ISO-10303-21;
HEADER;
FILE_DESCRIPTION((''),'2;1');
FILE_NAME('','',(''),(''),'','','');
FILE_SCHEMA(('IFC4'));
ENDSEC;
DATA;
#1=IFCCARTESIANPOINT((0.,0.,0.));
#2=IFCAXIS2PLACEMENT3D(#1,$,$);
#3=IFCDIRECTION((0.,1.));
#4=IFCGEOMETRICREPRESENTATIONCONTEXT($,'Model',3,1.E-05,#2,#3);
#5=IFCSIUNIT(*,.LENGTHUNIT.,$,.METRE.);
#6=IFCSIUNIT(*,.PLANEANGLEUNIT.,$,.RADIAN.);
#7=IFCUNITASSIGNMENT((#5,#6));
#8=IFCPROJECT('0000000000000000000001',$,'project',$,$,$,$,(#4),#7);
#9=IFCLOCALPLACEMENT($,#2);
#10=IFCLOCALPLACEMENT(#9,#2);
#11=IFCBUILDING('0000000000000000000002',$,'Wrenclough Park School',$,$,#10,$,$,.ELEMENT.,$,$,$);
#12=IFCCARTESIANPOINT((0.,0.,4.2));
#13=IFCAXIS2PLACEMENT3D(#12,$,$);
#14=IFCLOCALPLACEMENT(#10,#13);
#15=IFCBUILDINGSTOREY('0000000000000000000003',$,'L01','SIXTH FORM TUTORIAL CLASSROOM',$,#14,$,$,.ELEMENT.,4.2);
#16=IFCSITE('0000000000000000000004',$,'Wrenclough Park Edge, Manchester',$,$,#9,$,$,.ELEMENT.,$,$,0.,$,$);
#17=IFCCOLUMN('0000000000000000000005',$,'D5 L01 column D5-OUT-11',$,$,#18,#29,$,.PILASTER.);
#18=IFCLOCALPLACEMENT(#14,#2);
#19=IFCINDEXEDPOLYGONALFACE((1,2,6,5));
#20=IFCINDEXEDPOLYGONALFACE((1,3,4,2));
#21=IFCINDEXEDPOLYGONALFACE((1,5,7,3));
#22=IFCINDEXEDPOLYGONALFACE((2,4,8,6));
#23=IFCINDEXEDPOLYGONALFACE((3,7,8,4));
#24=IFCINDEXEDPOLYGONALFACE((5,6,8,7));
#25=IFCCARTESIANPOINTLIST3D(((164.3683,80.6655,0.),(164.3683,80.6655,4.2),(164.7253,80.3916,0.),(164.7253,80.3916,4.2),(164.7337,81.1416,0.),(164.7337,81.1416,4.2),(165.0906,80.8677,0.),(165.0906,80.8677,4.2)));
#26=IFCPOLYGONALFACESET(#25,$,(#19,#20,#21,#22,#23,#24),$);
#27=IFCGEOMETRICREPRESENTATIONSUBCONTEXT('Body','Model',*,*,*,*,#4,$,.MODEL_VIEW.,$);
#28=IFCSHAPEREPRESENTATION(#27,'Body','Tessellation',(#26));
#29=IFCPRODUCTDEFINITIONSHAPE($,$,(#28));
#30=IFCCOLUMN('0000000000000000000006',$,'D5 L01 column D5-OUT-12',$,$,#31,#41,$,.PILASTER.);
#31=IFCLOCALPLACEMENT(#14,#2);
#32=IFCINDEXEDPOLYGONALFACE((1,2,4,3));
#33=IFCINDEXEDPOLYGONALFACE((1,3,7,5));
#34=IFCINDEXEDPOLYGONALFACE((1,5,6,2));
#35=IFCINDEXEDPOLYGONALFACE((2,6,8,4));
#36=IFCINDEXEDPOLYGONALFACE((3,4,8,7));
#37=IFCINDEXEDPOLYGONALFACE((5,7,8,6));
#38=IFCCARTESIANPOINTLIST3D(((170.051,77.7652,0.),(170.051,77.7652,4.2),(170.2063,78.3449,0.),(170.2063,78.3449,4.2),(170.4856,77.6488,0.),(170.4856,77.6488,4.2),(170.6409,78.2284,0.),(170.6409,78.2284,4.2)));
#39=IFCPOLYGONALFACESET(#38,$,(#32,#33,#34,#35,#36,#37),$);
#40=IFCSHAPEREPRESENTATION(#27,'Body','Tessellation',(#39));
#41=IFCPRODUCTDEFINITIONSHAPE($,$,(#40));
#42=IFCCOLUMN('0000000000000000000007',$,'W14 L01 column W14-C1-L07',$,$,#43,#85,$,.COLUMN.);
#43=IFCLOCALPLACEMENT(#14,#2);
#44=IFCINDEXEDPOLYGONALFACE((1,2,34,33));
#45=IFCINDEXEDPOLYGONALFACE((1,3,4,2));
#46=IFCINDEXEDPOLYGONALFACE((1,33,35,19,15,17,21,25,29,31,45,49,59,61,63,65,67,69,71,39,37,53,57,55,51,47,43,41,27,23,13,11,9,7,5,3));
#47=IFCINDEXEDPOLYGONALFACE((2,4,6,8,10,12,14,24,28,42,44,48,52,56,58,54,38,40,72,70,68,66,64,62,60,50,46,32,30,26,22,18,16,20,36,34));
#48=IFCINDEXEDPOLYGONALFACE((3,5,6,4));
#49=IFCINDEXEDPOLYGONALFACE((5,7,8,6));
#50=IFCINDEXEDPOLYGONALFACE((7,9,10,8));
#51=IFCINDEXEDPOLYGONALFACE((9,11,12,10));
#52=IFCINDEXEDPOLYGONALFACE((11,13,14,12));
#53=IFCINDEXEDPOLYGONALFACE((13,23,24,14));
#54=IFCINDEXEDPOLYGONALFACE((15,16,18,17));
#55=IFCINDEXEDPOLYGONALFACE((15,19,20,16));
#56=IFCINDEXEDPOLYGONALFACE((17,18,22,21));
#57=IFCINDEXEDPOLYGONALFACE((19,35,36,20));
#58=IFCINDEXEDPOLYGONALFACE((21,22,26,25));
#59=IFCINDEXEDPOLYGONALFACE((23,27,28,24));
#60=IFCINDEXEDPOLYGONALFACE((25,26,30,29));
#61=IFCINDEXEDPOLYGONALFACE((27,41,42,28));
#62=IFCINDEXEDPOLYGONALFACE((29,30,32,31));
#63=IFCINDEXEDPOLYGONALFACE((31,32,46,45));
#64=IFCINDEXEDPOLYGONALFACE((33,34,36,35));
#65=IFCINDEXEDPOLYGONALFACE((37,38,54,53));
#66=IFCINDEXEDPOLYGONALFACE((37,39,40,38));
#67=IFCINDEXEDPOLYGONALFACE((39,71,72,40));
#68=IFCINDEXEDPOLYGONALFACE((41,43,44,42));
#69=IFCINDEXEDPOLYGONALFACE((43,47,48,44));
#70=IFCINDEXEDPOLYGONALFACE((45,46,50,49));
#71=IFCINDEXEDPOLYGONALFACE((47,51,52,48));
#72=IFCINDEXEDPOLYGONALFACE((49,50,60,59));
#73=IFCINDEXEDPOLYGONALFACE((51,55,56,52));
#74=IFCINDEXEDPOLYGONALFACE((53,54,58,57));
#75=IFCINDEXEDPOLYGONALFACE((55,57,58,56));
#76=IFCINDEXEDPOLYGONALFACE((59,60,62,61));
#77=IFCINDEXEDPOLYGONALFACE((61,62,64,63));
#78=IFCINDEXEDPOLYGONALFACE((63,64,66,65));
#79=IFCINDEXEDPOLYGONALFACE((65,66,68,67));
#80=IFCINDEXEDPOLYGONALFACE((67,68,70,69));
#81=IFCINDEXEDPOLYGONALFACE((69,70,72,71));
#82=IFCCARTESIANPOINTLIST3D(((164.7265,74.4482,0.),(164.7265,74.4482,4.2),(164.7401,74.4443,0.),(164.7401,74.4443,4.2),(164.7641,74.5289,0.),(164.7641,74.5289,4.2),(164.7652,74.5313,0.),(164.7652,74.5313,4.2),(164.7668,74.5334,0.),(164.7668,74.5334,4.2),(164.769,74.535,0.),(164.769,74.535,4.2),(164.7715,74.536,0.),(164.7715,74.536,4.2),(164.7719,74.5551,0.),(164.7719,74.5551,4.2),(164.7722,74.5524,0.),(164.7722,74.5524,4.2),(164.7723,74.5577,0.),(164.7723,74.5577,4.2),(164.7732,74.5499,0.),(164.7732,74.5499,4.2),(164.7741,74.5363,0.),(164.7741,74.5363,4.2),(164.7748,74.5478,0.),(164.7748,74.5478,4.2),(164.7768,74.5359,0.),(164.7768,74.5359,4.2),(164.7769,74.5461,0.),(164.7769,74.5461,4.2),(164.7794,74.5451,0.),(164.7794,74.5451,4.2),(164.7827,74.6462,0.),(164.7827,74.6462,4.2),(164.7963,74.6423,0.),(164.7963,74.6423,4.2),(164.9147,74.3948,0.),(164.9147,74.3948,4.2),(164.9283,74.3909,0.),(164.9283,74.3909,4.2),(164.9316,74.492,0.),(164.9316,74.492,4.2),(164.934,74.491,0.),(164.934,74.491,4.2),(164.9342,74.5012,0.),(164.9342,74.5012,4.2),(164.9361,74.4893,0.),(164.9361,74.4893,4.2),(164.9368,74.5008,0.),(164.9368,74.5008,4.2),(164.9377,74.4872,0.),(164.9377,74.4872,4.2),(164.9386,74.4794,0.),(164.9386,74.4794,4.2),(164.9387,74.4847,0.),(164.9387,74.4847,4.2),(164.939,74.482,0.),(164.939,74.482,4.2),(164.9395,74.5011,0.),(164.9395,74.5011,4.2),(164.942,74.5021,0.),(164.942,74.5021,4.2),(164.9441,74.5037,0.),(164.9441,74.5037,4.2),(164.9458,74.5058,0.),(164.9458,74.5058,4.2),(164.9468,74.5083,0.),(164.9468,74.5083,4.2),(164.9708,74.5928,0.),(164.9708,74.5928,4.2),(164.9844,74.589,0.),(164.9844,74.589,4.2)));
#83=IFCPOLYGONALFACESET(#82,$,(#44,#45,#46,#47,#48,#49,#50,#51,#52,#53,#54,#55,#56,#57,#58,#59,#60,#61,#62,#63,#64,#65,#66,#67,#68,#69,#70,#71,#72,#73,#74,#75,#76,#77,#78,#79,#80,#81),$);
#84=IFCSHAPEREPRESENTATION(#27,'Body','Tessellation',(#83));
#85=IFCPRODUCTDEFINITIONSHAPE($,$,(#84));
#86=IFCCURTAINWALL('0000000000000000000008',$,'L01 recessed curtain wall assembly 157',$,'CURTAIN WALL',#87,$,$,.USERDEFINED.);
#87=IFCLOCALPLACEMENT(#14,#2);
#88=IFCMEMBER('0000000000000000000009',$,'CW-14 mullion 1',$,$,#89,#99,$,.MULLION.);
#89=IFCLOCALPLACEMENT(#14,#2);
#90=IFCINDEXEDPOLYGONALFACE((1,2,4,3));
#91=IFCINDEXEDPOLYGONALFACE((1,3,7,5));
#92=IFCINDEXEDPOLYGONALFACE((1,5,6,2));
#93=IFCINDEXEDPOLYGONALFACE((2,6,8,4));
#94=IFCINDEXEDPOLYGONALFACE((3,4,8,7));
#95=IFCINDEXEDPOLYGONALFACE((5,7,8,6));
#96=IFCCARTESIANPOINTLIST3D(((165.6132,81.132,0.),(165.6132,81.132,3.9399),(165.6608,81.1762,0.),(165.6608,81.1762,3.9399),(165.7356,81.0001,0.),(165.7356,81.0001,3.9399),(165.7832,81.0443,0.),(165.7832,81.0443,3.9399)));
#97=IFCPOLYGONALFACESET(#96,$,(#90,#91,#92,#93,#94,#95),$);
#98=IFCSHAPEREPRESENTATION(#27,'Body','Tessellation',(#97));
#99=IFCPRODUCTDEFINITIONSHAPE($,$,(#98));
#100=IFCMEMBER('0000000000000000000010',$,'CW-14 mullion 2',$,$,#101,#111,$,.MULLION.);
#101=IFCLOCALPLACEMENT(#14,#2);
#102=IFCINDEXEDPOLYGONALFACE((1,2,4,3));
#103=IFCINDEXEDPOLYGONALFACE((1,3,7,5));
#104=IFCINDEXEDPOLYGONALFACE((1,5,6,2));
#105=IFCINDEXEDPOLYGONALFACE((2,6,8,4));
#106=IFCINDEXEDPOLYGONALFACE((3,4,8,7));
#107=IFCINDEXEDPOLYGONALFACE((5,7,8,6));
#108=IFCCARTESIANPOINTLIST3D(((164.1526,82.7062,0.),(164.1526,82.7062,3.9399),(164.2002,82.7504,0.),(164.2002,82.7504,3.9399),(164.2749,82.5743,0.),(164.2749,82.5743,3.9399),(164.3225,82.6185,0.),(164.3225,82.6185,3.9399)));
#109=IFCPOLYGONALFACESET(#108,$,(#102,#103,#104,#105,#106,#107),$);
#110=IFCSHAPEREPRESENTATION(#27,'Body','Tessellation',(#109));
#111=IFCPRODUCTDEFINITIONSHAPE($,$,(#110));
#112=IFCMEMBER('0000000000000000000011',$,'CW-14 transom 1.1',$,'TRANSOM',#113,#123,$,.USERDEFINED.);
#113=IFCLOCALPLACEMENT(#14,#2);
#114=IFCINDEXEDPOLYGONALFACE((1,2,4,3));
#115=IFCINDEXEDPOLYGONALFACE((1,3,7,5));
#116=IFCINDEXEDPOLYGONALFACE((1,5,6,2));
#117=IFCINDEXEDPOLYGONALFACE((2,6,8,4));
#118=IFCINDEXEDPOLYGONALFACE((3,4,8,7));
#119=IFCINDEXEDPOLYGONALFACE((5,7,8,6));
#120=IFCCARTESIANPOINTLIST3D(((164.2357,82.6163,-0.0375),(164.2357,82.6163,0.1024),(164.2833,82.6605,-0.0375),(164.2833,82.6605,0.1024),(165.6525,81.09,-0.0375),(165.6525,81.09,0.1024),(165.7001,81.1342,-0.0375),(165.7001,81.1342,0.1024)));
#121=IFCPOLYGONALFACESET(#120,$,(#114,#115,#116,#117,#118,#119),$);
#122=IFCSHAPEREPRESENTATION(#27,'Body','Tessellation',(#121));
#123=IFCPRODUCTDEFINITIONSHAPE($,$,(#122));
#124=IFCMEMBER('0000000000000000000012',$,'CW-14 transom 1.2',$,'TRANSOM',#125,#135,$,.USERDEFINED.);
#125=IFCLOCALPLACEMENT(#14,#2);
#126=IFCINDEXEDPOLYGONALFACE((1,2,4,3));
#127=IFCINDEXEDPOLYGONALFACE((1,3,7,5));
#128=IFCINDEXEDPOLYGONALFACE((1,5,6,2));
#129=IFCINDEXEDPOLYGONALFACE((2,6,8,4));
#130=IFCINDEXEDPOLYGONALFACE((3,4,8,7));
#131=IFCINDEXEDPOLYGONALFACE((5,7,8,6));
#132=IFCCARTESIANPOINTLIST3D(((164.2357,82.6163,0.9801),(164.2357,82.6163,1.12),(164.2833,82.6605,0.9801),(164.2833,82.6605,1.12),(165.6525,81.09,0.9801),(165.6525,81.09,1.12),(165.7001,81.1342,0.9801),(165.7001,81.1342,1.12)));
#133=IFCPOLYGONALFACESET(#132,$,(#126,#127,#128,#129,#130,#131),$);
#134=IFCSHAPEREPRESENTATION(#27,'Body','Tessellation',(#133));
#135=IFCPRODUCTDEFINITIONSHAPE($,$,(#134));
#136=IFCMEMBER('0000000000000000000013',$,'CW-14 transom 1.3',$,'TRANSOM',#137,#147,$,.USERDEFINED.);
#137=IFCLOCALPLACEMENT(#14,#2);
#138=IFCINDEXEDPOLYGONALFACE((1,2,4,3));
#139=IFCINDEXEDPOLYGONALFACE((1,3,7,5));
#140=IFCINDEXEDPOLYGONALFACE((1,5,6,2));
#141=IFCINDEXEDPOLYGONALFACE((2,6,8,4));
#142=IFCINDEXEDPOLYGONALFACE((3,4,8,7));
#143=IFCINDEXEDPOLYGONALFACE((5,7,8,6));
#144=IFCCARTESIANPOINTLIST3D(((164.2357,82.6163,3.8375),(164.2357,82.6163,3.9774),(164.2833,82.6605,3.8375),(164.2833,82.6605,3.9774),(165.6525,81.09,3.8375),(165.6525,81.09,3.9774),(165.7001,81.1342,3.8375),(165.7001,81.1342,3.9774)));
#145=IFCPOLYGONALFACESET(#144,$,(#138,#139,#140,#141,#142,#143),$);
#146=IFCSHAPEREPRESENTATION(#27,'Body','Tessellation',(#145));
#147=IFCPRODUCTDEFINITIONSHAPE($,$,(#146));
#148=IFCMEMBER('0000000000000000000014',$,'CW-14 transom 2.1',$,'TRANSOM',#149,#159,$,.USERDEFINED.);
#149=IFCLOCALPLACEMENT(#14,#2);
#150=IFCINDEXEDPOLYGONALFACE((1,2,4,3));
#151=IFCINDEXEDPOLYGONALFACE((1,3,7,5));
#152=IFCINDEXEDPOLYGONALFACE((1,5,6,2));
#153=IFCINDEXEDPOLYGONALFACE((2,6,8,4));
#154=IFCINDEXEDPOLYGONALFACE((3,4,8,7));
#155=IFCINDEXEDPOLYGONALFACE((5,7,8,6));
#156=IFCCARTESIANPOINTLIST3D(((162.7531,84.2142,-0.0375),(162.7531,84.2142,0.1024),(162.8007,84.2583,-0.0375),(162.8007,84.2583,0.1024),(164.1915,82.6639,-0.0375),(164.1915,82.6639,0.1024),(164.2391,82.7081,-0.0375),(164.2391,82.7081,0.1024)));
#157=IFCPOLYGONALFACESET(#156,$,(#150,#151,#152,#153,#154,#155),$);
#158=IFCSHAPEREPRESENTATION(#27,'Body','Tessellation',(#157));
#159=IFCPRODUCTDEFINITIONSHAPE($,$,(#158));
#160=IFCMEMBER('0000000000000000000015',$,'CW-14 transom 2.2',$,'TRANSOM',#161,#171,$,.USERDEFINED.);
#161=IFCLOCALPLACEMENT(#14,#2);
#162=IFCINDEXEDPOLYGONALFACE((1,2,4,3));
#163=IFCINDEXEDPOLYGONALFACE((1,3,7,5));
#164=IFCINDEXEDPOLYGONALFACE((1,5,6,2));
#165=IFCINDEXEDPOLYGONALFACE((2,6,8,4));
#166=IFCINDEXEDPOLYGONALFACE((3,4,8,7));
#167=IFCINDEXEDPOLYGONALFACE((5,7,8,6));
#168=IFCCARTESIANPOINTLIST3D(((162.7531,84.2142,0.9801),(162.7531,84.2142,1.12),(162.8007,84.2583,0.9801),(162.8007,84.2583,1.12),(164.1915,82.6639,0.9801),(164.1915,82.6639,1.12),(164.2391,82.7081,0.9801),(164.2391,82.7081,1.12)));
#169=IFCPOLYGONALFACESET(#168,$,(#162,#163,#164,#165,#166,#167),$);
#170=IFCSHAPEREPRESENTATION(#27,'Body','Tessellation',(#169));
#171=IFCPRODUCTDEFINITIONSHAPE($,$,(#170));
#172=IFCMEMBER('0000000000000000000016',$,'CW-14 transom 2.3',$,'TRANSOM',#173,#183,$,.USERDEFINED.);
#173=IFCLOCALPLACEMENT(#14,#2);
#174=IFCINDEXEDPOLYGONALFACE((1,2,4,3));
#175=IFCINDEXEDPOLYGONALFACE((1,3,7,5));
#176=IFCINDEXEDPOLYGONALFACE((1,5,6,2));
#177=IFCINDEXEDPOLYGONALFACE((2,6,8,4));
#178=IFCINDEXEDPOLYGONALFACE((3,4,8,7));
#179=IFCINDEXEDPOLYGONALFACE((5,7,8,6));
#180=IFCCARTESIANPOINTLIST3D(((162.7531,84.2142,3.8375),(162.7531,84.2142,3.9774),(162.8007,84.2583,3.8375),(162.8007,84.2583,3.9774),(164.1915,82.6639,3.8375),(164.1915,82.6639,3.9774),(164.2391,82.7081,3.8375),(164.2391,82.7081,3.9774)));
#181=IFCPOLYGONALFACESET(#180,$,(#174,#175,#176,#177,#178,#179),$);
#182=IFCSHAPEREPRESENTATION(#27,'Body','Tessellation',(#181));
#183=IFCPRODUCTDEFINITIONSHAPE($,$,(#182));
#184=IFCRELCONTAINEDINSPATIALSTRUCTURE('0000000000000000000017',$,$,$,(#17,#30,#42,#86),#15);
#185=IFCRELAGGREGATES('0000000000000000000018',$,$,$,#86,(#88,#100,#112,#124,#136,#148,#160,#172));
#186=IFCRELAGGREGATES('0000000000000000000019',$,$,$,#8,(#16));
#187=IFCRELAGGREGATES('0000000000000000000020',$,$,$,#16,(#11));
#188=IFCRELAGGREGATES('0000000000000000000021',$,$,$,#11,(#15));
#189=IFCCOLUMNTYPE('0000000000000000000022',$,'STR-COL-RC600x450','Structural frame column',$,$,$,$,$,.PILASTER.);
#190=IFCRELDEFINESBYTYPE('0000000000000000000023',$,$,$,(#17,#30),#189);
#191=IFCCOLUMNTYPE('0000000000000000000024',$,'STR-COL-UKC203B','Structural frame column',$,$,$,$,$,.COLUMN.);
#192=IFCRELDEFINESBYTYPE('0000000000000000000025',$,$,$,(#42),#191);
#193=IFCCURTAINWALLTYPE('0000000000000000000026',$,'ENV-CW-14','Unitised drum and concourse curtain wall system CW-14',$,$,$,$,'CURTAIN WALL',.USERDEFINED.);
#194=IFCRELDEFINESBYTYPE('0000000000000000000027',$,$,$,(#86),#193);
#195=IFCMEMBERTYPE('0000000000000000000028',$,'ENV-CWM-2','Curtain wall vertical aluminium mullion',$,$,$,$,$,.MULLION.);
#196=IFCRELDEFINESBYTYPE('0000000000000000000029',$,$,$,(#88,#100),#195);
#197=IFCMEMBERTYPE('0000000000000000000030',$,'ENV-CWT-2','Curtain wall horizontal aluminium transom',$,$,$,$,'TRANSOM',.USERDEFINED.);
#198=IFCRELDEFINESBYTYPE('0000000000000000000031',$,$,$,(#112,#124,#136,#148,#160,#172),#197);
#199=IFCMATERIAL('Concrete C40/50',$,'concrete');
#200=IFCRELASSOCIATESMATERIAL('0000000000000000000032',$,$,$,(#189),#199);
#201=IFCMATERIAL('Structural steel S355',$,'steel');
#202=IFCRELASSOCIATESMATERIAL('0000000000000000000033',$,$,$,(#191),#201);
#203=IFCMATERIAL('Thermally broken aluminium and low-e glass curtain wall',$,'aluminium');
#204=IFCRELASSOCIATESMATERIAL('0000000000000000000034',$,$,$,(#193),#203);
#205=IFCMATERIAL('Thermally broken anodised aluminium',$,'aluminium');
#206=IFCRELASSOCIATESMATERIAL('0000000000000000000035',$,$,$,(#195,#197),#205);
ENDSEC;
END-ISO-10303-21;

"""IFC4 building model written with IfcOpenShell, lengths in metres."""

from ifc_helpers import new_model, si_unit, direction, frame, origin, origin_2d, place, context, subcontext, project, spatial, rectangle, i_section, extrude, material, material_profile, profile_set, type_object, element, aggregate, save


model = new_model("IFC4")

# Units and contexts
model_context = context("Model", 3, precision=1e-05, world=origin(), true_north=direction((0.0, 1.0)))
body_context = subcontext(model_context, "Body", "Model", "MODEL_VIEW")
ifc_project = project(units=[si_unit("LENGTHUNIT", "METRE"), si_unit("PLANEANGLEUNIT", "RADIAN")], contexts=[model_context])

# Site, building, storey
site_placement = place(None, origin())
site = spatial("IfcSite", under=ifc_project, at=site_placement, Name="Wrenclough Park Edge, Manchester", CompositionType="ELEMENT", RefElevation=0.0)
building_placement = place(site_placement, origin())
building = spatial("IfcBuilding", under=site, at=building_placement, Name="Wrenclough Park School", CompositionType="ELEMENT")
storey_placement = place(building_placement, frame((0.0, 0.0, 4.2)))
storey = spatial("IfcBuildingStorey", under=building, at=storey_placement, Name="L01", Description="SIXTH FORM TUTORIAL CLASSROOM", CompositionType="ELEMENT", Elevation=4.2)

# Columns
ifc_material_1 = material(Name="Concrete C40/50", Category="concrete")
ifc_material_profile_1 = material_profile(ifc_material_1, rectangle(XDim=0.45, YDim=0.6001, at=origin_2d()), Name="RC COL 600x450")
ifc_profile_set_1 = profile_set([ifc_material_profile_1], Name="Concrete C40/50")
column_type_1 = type_object("IfcColumnType", Name="STR-COL-RC600x450", Description="Structural frame column", PredefinedType="PILASTER", material=ifc_profile_set_1)
for number, where, z_axis, x_axis, name in (
    (1, (164.7295, 80.7666, 0.0), (0.0, 0.0, 1.0), (0.793353, -0.608761, 0.0), "D5 L01 column D5-OUT-11"),
    (2, (170.3459, 77.9968, 0.0), (0.0, 0.0, 1.0), (0.965926, -0.258819, 0.0), "D5 L01 column D5-OUT-12"),
):
    element("IfcColumn", number, at=place(storey_placement, frame(where, z_axis=z_axis, x_axis=x_axis)), inside=storey, type_object=column_type_1, Name=name, PredefinedType="PILASTER", context=body_context, shape_type="SweptSolid", body=[
        extrude(rectangle(XDim=0.45, YDim=0.6001, at=origin_2d()), origin(), (0.0, 0.0, 1.0), 4.2),
    ])
ifc_material_2 = material(Name="Structural steel S355", Category="steel")
ifc_material_profile_2 = material_profile(ifc_material_2, i_section(OverallWidth=0.2058, OverallDepth=0.2097, WebThickness=0.0095, FlangeThickness=0.0142, FilletRadius=0.0103, at=origin_2d()), Name="UKC 203x203x60")
ifc_profile_set_2 = profile_set([ifc_material_profile_2], Name="Structural steel S355")
column_type_2 = type_object("IfcColumnType", Name="STR-COL-UKC203B", Description="Structural frame column", PredefinedType="COLUMN", material=ifc_profile_set_2)
column_placement = place(storey_placement, frame((164.8555, 74.5186, 0.0), z_axis=(0.0, 0.0, 1.0), x_axis=(0.272784, 0.962075, 0.0)))
element("IfcColumn", 3, at=column_placement, inside=storey, type_object=column_type_2, Name="W14 L01 column W14-C1-L07", PredefinedType="COLUMN", context=body_context, shape_type="SweptSolid", body=[
    extrude(i_section(OverallWidth=0.2058, OverallDepth=0.2097, WebThickness=0.0095, FlangeThickness=0.0142, FilletRadius=0.0103, at=origin_2d()), origin(), (0.0, 0.0, 1.0), 4.2),
])

# Curtain wall, members
ifc_material_3 = material(Name="Thermally broken aluminium and low-e glass curtain wall", Category="aluminium")
curtain_wall_type = type_object("IfcCurtainWallType", Name="ENV-CW-14", Description="Unitised drum and concourse curtain wall system CW-14", ElementType="CURTAIN WALL", PredefinedType="USERDEFINED", material=ifc_material_3)
curtain_wall_placement = place(storey_placement, origin())
curtain_wall = element("IfcCurtainWall", 4, at=curtain_wall_placement, inside=storey, type_object=curtain_wall_type, Name="L01 recessed curtain wall assembly 157", ObjectType="CURTAIN WALL", PredefinedType="USERDEFINED")
ifc_material_4 = material(Name="Thermally broken anodised aluminium", Category="aluminium")
ifc_material_profile_3 = material_profile(ifc_material_4, rectangle(XDim=0.0649, YDim=0.1799, at=origin_2d()), Name="AL MULLION 65x180")
ifc_profile_set_3 = profile_set([ifc_material_profile_3], Name="Thermally broken anodised aluminium")
member_type_1 = type_object("IfcMemberType", Name="ENV-CWM-2", Description="Curtain wall vertical aluminium mullion", PredefinedType="MULLION", material=ifc_profile_set_3)
member_1_placement = place(storey_placement, frame((165.6982, 81.0881, 0.0), z_axis=(0.0, 0.0, 1.0), x_axis=(-0.733013, -0.680215, 0.0)))
member_1 = element("IfcMember", 5, at=member_1_placement, type_object=member_type_1, Name="CW-14 mullion 1", PredefinedType="MULLION", context=body_context, shape_type="SweptSolid", body=[
    extrude(rectangle(XDim=0.0649, YDim=0.1799, at=origin_2d()), origin(), (0.0, 0.0, 1.0), 3.9399),
])
member_2_placement = place(storey_placement, frame((164.2375, 82.6624, 0.0), z_axis=(0.0, 0.0, 1.0), x_axis=(-0.733013, -0.680215, 0.0)))
member_2 = element("IfcMember", 6, at=member_2_placement, type_object=member_type_1, Name="CW-14 mullion 2", PredefinedType="MULLION", context=body_context, shape_type="SweptSolid", body=[
    extrude(rectangle(XDim=0.0649, YDim=0.1799, at=origin_2d()), origin(), (0.0, 0.0, 1.0), 3.9399),
])
ifc_material_profile_4 = material_profile(ifc_material_4, rectangle(XDim=0.0649, YDim=0.1399, at=origin_2d()), Name="AL TRANSOM 65x140")
ifc_profile_set_4 = profile_set([ifc_material_profile_4], Name="Thermally broken anodised aluminium")
member_type_2 = type_object("IfcMemberType", Name="ENV-CWT-2", Description="Curtain wall horizontal aluminium transom", ElementType="TRANSOM", PredefinedType="USERDEFINED", material=ifc_profile_set_4)
member_3_placement = place(storey_placement, frame((165.6763, 81.1121, 0.0325), z_axis=(-0.680298, 0.732935, 0.0), x_axis=(-0.732935, -0.680298, 0.0)))
member_3 = element("IfcMember", 7, at=member_3_placement, type_object=member_type_2, Name="CW-14 transom 1.1", ObjectType="TRANSOM", PredefinedType="USERDEFINED", context=body_context, shape_type="SweptSolid", body=[
    extrude(rectangle(XDim=0.0649, YDim=0.1399, at=origin_2d()), origin(), (0.0, 0.0, 1.0), 2.0825),
])
member_4_placement = place(storey_placement, frame((165.6763, 81.1121, 1.05), z_axis=(-0.680298, 0.732935, 0.0), x_axis=(-0.732935, -0.680298, 0.0)))
member_4 = element("IfcMember", 8, at=member_4_placement, type_object=member_type_2, Name="CW-14 transom 1.2", ObjectType="TRANSOM", PredefinedType="USERDEFINED", context=body_context, shape_type="SweptSolid", body=[
    extrude(rectangle(XDim=0.0649, YDim=0.1399, at=origin_2d()), origin(), (0.0, 0.0, 1.0), 2.0825),
])
member_5_placement = place(storey_placement, frame((165.6763, 81.1121, 3.9075), z_axis=(-0.680298, 0.732935, 0.0), x_axis=(-0.732935, -0.680298, 0.0)))
member_5 = element("IfcMember", 9, at=member_5_placement, type_object=member_type_2, Name="CW-14 transom 1.3", ObjectType="TRANSOM", PredefinedType="USERDEFINED", context=body_context, shape_type="SweptSolid", body=[
    extrude(rectangle(XDim=0.0649, YDim=0.1399, at=origin_2d()), origin(), (0.0, 0.0, 1.0), 2.0825),
])
member_6_placement = place(storey_placement, frame((164.2153, 82.686, 0.0325), z_axis=(-0.680177, 0.733048, 0.0), x_axis=(-0.733048, -0.680177, 0.0)))
member_6 = element("IfcMember", 10, at=member_6_placement, type_object=member_type_2, Name="CW-14 transom 2.1", ObjectType="TRANSOM", PredefinedType="USERDEFINED", context=body_context, shape_type="SweptSolid", body=[
    extrude(rectangle(XDim=0.0649, YDim=0.1399, at=origin_2d()), origin(), (0.0, 0.0, 1.0), 2.1147),
])
member_7_placement = place(storey_placement, frame((164.2153, 82.686, 1.05), z_axis=(-0.680177, 0.733048, 0.0), x_axis=(-0.733048, -0.680177, 0.0)))
member_7 = element("IfcMember", 11, at=member_7_placement, type_object=member_type_2, Name="CW-14 transom 2.2", ObjectType="TRANSOM", PredefinedType="USERDEFINED", context=body_context, shape_type="SweptSolid", body=[
    extrude(rectangle(XDim=0.0649, YDim=0.1399, at=origin_2d()), origin(), (0.0, 0.0, 1.0), 2.1147),
])
member_8_placement = place(storey_placement, frame((164.2153, 82.686, 3.9075), z_axis=(-0.680177, 0.733048, 0.0), x_axis=(-0.733048, -0.680177, 0.0)))
member_8 = element("IfcMember", 12, at=member_8_placement, type_object=member_type_2, Name="CW-14 transom 2.3", ObjectType="TRANSOM", PredefinedType="USERDEFINED", context=body_context, shape_type="SweptSolid", body=[
    extrude(rectangle(XDim=0.0649, YDim=0.1399, at=origin_2d()), origin(), (0.0, 0.0, 1.0), 2.1147),
])

aggregate(curtain_wall, [member_1, member_2, member_3, member_4, member_5, member_6, member_7, member_8])

save(model, "model.ifc")
